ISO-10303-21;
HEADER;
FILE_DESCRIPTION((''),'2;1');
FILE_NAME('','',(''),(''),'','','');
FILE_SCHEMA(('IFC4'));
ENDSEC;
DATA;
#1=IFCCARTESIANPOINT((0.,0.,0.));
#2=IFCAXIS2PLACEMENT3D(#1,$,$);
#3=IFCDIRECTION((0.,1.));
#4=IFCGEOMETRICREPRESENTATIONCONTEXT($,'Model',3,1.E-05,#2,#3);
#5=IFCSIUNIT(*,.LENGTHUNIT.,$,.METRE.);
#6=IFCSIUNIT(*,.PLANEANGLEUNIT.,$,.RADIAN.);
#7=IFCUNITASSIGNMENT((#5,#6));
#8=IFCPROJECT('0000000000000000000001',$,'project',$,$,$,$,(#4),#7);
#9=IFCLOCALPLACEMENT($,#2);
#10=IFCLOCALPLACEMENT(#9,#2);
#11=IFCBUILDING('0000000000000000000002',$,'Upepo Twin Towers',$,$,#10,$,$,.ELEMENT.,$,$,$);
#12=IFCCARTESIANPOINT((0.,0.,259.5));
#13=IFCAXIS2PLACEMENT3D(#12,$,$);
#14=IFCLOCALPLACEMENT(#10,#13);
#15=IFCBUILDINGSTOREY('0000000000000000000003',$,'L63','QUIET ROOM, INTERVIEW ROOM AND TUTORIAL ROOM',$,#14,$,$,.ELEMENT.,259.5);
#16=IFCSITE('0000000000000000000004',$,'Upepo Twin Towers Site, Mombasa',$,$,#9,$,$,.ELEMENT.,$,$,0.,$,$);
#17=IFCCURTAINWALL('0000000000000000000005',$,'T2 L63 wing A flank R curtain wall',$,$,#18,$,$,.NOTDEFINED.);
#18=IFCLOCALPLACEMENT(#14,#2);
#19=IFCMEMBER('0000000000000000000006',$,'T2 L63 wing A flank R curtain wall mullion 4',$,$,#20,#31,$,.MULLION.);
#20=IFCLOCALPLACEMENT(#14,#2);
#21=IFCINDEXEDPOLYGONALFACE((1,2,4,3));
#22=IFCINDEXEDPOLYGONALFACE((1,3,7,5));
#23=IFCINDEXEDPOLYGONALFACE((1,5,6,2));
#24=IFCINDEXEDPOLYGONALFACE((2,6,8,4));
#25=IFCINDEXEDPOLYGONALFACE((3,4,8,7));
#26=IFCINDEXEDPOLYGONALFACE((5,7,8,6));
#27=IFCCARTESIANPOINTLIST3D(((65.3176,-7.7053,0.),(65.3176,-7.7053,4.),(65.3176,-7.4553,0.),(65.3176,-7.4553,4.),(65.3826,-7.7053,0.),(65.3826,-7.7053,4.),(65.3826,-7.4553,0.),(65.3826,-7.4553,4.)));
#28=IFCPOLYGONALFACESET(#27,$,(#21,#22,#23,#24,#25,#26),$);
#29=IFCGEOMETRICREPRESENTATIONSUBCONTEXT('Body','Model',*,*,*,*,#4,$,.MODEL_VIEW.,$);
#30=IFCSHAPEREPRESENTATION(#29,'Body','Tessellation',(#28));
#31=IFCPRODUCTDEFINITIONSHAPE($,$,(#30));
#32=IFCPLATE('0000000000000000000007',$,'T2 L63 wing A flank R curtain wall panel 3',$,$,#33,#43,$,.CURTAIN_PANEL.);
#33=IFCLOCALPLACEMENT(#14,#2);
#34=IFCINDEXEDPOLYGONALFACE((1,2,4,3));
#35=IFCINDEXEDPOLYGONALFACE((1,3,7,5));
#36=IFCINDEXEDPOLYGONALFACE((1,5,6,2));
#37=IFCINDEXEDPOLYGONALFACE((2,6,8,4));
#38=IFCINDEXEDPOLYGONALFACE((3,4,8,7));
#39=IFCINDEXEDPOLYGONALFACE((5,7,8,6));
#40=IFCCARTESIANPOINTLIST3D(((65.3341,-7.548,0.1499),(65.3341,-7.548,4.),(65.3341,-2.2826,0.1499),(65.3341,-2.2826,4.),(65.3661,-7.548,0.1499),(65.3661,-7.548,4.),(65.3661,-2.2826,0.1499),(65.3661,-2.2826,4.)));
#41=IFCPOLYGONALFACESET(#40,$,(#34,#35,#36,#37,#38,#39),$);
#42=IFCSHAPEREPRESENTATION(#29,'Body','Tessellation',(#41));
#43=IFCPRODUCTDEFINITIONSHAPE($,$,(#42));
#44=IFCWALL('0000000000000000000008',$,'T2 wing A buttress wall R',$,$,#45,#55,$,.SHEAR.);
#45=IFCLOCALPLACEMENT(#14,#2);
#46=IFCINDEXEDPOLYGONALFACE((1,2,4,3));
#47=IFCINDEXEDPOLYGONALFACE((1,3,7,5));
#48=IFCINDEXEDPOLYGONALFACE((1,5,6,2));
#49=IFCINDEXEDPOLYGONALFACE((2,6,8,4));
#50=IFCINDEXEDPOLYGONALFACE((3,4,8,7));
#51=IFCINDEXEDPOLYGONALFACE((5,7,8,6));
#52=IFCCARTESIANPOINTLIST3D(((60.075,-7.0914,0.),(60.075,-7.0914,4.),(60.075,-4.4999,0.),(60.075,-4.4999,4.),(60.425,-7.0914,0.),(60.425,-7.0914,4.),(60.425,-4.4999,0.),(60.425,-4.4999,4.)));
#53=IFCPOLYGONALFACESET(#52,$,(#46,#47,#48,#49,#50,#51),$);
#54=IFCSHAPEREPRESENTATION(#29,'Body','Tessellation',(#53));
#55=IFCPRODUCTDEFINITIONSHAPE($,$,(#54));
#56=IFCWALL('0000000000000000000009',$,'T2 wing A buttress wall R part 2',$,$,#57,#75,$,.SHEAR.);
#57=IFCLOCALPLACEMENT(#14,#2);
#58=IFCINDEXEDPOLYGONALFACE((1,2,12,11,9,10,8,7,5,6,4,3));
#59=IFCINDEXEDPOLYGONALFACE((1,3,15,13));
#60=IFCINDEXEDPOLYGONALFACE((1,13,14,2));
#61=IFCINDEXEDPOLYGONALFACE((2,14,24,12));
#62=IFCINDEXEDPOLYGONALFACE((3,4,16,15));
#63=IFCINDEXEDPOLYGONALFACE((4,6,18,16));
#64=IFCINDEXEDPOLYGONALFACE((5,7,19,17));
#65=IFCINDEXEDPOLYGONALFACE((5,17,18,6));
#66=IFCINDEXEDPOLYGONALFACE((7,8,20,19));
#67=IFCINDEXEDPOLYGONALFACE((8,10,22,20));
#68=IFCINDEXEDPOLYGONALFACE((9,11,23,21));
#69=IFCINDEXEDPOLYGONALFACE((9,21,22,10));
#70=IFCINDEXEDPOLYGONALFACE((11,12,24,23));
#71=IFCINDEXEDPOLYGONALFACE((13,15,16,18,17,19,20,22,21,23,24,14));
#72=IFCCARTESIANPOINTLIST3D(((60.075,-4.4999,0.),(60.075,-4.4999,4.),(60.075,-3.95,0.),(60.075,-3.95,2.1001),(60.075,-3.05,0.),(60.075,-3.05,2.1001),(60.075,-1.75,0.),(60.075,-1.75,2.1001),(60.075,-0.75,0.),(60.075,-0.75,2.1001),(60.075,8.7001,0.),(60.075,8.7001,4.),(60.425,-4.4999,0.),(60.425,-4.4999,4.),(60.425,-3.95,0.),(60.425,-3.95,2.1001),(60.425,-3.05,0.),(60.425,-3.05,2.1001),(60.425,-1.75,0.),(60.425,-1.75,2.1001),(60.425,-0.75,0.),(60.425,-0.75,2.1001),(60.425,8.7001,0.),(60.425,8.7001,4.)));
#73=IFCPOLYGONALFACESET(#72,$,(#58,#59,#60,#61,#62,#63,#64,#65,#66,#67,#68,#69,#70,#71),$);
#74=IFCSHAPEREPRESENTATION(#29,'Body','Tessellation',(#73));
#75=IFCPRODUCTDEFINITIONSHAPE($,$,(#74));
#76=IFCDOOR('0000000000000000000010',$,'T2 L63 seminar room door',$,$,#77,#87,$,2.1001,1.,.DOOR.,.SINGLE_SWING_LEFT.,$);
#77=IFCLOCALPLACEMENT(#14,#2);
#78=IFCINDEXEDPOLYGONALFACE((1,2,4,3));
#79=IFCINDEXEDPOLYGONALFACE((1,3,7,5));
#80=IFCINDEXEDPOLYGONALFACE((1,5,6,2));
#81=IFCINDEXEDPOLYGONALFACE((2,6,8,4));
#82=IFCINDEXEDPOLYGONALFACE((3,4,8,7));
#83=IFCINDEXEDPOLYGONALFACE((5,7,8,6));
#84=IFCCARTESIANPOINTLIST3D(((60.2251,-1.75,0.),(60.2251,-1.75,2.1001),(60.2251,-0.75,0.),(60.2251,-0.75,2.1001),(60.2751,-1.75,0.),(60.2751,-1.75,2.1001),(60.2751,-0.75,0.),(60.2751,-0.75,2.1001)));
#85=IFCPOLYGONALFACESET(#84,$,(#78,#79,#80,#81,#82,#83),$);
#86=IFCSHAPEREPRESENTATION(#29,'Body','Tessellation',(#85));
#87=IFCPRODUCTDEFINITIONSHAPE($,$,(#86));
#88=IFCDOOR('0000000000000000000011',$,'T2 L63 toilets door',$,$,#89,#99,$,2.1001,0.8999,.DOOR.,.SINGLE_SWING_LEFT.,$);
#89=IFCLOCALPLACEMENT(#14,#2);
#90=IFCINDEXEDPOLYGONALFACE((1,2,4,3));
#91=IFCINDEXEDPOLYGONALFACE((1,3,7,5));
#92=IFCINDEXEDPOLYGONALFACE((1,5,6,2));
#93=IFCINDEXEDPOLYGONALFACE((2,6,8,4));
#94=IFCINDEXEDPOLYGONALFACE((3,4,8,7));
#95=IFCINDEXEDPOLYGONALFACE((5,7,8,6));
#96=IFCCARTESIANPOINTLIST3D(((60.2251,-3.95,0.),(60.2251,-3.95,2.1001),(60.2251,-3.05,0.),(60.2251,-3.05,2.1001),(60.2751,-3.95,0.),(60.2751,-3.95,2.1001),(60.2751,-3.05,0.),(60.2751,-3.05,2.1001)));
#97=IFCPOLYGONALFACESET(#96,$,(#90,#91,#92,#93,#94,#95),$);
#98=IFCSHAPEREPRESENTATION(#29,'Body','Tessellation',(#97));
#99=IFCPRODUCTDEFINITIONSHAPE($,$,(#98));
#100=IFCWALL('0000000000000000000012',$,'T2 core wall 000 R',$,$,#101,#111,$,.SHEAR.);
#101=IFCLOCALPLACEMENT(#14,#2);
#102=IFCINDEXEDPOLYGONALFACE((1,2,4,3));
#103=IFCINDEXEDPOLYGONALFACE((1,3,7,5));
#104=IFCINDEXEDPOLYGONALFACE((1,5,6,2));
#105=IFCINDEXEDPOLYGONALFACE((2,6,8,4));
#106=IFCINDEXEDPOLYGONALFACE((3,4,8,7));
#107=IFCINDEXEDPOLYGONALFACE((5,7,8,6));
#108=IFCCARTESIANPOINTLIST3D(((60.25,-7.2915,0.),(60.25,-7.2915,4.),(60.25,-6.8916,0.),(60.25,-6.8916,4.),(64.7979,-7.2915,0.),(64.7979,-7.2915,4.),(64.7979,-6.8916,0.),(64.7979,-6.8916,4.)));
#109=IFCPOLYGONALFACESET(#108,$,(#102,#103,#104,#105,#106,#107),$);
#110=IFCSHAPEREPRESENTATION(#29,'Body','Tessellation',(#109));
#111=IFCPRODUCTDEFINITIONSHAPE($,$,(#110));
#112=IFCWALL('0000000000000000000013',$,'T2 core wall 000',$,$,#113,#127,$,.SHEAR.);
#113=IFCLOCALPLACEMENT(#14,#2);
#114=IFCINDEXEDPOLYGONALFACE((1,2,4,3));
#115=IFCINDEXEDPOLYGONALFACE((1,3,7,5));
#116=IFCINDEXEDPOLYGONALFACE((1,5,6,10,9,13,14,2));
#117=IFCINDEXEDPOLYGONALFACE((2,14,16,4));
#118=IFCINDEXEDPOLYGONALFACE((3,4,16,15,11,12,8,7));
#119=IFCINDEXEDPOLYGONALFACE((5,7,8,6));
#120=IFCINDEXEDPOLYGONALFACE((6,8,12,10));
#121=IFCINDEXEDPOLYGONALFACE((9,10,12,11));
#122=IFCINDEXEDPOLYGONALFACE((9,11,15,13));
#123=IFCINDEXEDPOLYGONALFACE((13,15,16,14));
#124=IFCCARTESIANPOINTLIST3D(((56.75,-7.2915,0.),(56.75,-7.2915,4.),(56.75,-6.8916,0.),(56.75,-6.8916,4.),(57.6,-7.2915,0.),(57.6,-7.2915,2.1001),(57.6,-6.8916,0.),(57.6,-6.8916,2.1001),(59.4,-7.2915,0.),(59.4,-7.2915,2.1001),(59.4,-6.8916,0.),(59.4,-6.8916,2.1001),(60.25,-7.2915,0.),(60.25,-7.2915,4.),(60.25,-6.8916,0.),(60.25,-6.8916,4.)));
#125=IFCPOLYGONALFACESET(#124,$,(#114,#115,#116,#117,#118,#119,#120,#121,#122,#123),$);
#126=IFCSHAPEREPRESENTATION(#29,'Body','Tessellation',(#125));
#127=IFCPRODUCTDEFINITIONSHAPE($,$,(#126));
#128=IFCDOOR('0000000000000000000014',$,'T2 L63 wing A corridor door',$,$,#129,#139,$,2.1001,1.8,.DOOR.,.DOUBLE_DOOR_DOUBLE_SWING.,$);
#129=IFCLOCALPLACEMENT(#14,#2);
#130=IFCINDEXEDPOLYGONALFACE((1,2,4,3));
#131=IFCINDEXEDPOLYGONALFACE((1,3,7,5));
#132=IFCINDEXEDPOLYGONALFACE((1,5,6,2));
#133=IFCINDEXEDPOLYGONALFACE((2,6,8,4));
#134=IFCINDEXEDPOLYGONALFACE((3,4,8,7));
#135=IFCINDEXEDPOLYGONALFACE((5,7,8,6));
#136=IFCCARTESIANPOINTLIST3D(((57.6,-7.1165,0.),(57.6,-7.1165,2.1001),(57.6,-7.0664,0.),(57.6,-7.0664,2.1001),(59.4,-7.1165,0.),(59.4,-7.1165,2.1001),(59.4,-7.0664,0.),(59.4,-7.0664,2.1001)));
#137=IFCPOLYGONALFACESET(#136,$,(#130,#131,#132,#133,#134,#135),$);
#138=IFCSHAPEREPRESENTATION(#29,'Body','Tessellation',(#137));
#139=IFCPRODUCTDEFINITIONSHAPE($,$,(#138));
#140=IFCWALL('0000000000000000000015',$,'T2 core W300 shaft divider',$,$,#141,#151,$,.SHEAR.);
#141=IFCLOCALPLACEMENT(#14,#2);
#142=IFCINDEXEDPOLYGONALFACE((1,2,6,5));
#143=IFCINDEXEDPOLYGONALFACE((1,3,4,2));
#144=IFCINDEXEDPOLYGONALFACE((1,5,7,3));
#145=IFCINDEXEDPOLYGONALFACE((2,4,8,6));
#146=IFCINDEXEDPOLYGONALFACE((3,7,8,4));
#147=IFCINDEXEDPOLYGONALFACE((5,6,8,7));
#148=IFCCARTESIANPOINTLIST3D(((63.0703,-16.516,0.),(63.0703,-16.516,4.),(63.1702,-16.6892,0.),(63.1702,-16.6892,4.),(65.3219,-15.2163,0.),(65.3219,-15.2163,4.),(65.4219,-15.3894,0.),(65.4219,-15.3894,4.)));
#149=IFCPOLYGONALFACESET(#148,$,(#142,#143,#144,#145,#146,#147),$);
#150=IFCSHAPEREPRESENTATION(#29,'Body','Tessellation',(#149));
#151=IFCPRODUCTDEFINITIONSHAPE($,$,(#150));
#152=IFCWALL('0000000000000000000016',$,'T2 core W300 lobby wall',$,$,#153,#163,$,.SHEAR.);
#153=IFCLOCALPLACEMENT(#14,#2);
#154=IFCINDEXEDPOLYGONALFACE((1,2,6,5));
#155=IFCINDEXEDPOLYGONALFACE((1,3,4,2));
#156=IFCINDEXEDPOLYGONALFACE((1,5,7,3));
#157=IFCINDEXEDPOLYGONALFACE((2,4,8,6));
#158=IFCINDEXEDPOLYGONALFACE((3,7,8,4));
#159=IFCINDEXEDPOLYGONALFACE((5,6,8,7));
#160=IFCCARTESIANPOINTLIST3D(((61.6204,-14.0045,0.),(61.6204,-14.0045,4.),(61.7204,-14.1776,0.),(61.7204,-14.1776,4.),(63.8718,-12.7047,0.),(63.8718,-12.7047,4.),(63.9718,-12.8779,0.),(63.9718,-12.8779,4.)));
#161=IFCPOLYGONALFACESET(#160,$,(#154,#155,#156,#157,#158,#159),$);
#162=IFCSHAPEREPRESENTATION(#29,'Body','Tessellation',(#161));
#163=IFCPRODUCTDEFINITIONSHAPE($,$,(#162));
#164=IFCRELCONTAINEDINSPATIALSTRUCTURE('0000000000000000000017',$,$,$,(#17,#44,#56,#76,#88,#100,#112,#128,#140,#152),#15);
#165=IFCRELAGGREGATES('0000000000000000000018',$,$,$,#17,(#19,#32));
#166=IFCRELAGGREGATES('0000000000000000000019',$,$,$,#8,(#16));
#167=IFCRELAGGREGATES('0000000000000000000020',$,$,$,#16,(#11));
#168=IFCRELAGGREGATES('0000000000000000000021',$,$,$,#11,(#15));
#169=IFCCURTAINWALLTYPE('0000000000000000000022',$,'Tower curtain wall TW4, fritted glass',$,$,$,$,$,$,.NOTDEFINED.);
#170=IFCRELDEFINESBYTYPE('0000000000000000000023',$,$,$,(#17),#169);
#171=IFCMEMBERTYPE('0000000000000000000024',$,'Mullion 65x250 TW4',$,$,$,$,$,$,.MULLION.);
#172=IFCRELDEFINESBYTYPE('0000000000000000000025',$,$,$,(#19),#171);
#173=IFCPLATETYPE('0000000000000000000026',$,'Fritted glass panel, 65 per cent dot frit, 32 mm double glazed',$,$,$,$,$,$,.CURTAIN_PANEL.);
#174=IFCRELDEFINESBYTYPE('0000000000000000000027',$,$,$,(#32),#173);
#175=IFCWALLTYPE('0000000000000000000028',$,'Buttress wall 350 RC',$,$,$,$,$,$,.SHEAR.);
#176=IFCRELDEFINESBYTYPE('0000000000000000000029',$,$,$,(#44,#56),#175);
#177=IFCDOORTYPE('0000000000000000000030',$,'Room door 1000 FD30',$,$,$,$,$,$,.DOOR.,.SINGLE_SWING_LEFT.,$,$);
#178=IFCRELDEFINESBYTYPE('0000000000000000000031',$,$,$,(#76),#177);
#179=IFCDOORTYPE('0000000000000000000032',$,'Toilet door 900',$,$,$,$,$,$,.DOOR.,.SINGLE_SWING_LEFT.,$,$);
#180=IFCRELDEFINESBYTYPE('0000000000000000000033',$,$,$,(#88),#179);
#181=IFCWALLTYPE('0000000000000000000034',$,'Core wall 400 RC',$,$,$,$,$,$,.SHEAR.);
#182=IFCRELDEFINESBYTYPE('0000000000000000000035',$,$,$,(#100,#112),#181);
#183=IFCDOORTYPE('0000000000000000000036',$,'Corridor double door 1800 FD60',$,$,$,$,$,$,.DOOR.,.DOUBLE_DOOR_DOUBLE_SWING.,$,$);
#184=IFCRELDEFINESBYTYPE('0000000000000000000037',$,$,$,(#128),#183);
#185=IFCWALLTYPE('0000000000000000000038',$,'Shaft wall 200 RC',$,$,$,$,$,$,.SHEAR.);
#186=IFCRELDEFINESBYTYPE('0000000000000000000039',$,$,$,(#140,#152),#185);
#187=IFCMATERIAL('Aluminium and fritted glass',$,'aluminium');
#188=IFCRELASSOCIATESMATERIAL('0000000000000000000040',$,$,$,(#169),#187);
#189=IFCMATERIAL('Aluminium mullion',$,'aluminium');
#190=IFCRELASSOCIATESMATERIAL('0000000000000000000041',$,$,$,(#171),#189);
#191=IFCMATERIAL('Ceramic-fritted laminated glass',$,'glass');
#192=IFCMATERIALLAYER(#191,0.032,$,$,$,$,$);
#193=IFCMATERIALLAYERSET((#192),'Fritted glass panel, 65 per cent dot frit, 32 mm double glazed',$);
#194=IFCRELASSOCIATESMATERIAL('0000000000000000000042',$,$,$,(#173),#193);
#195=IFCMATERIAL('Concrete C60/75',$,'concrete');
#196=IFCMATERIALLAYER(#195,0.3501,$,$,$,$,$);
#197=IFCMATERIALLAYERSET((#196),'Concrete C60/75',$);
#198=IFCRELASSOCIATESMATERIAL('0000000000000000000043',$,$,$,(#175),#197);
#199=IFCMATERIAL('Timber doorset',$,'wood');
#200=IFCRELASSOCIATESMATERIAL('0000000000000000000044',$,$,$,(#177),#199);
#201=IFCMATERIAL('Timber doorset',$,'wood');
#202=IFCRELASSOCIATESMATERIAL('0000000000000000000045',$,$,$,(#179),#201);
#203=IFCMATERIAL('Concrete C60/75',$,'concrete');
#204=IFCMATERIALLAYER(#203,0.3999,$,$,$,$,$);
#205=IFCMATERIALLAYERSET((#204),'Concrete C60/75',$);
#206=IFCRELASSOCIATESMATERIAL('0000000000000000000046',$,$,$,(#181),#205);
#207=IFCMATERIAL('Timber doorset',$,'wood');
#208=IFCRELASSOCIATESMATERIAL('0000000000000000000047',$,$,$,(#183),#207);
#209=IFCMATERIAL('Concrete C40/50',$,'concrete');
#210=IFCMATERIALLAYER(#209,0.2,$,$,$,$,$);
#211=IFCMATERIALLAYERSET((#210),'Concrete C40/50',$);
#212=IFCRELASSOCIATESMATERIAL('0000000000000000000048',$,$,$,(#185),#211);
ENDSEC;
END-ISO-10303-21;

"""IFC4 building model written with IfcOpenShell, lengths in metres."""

from ifc_helpers import new_model, si_unit, direction, frame, frame_2d, origin, origin_2d, place, context, subcontext, project, spatial, rectangle, extrude, material, layer, layer_set, material_profile, profile_set, type_object, element, fill, aggregate, save


model = new_model("IFC4")

# Units and contexts
model_context = context("Model", 3, precision=1e-05, world=origin(), true_north=direction((0.0, 1.0)))
body_context = subcontext(model_context, "Body", "Model", "MODEL_VIEW")
ifc_project = project(units=[si_unit("LENGTHUNIT", "METRE"), si_unit("PLANEANGLEUNIT", "RADIAN")], contexts=[model_context])

# Site, building, storey
site_placement = place(None, origin())
site = spatial("IfcSite", under=ifc_project, at=site_placement, Name="Upepo Twin Towers Site, Mombasa", CompositionType="ELEMENT", RefElevation=0.0)
building_placement = place(site_placement, origin())
building = spatial("IfcBuilding", under=site, at=building_placement, Name="Upepo Twin Towers", CompositionType="ELEMENT")
storey_placement = place(building_placement, frame((0.0, 0.0, 259.5)))
storey = spatial("IfcBuildingStorey", under=building, at=storey_placement, Name="L63", Description="QUIET ROOM, INTERVIEW ROOM AND TUTORIAL ROOM", CompositionType="ELEMENT", Elevation=259.5)

# Curtain wall, member, plate
ifc_material_1 = material(Name="Aluminium and fritted glass", Category="aluminium")
curtain_wall_type = type_object("IfcCurtainWallType", Name="Tower curtain wall TW4, fritted glass", PredefinedType="NOTDEFINED", material=ifc_material_1)
curtain_wall_placement = place(storey_placement, origin())
curtain_wall = element("IfcCurtainWall", 1, at=curtain_wall_placement, inside=storey, type_object=curtain_wall_type, Name="T2 L63 wing A flank R curtain wall", PredefinedType="NOTDEFINED")
ifc_material_2 = material(Name="Aluminium mullion", Category="aluminium")
ifc_material_profile = material_profile(ifc_material_2, rectangle(XDim=0.0649, YDim=0.25, at=origin_2d()), Name="MULLION 65x250")
ifc_profile_set = profile_set([ifc_material_profile], Name="Aluminium mullion")
member_type = type_object("IfcMemberType", Name="Mullion 65x250 TW4", PredefinedType="MULLION", material=ifc_profile_set)
member_placement = place(storey_placement, frame((65.3501, -7.5803, 0.0), z_axis=(0.0, 0.0, 1.0), x_axis=(1.0, 0.0, 0.0)))
member = element("IfcMember", 2, at=member_placement, type_object=member_type, Name="T2 L63 wing A flank R curtain wall mullion 4", PredefinedType="MULLION", context=body_context, shape_type="SweptSolid", body=[
    extrude(rectangle(XDim=0.0649, YDim=0.25, at=origin_2d()), origin(), (0.0, 0.0, 1.0), 4.0),
])
ifc_material_3 = material(Name="Ceramic-fritted laminated glass", Category="glass")
ifc_layer_1 = layer(ifc_material_3, 0.032)
ifc_layer_set_1 = layer_set([ifc_layer_1], Name="Fritted glass panel, 65 per cent dot frit, 32 mm double glazed")
plate_type = type_object("IfcPlateType", Name="Fritted glass panel, 65 per cent dot frit, 32 mm double glazed", PredefinedType="CURTAIN_PANEL", material=ifc_layer_set_1)
plate_placement = place(storey_placement, frame((65.3501, -4.9153, 0.1499), z_axis=(0.0, 0.0, 1.0), x_axis=(0.0, -1.0, 0.0)))
plate = element("IfcPlate", 3, at=plate_placement, type_object=plate_type, Name="T2 L63 wing A flank R curtain wall panel 3", PredefinedType="CURTAIN_PANEL", context=body_context, shape_type="SweptSolid", body=[
    extrude(rectangle(XDim=5.2654, YDim=0.032, at=origin_2d()), origin(), (0.0, 0.0, 1.0), 3.8501),
])
aggregate(curtain_wall, [member, plate])

# Wall
ifc_material_4 = material(Name="Concrete C60/75", Category="concrete")
ifc_layer_2 = layer(ifc_material_4, 0.3501)
ifc_layer_set_2 = layer_set([ifc_layer_2], Name="Concrete C60/75")
wall_type_1 = type_object("IfcWallType", Name="Buttress wall 350 RC", PredefinedType="SHEAR", material=ifc_layer_set_2)
wall_1_placement = place(storey_placement, frame((60.25, -7.0916, 0.0), z_axis=(0.0, 0.0, 1.0), x_axis=(0.0, 1.0, 0.0)))
element("IfcWall", 4, at=wall_1_placement, inside=storey, type_object=wall_type_1, Name="T2 wing A buttress wall R", PredefinedType="SHEAR", context=body_context, shape_type="SweptSolid", body=[
    extrude(rectangle(XDim=2.5916, YDim=0.3501, at=frame_2d((1.2959, 0.0))), origin(), (0.0, 0.0, 1.0), 4.0),
])

# Wall, openings, doors
wall_2_placement = place(storey_placement, frame((60.25, -4.5, 0.0), z_axis=(0.0, 0.0, 1.0), x_axis=(0.0, 1.0, 0.0)))
wall_2 = element("IfcWall", 5, at=wall_2_placement, inside=storey, type_object=wall_type_1, Name="T2 wing A buttress wall R part 2", PredefinedType="SHEAR", context=body_context, shape_type="SweptSolid", body=[
    extrude(rectangle(XDim=13.2, YDim=0.3501, at=frame_2d((6.6001, 0.0))), origin(), (0.0, 0.0, 1.0), 4.0),
])
opening_1_placement = place(wall_2_placement, frame((0.55, 0.0, 0.0)))
opening_1 = element("IfcOpeningElement", 6, at=opening_1_placement, cuts=wall_2, PredefinedType="OPENING", context=body_context, shape_type="SweptSolid", body=[
    extrude(rectangle(XDim=0.8999, YDim=2.1001, at=frame_2d((0.45, 1.05))), frame((0.0, 0.1851, 0.0), z_axis=(0.0, -1.0, 0.0), x_axis=(1.0, 0.0, 0.0)), (0.0, 0.0, 1.0), 0.3701),
])
opening_2_placement = place(wall_2_placement, frame((2.75, 0.0, 0.0)))
opening_2 = element("IfcOpeningElement", 7, at=opening_2_placement, cuts=wall_2, PredefinedType="OPENING", context=body_context, shape_type="SweptSolid", body=[
    extrude(rectangle(XDim=1.0, YDim=2.1001, at=frame_2d((0.5, 1.05))), frame((0.0, 0.1851, 0.0), z_axis=(0.0, -1.0, 0.0), x_axis=(1.0, 0.0, 0.0)), (0.0, 0.0, 1.0), 0.3701),
])
ifc_material_5 = material(Name="Timber doorset", Category="wood")
door_type_1 = type_object("IfcDoorType", Name="Room door 1000 FD30", OperationType="SINGLE_SWING_LEFT", PredefinedType="DOOR", material=ifc_material_5)
door_1_placement = place(opening_2_placement, origin())
door_1 = element("IfcDoor", 8, at=door_1_placement, inside=storey, type_object=door_type_1, Name="T2 L63 seminar room door", OperationType="SINGLE_SWING_LEFT", OverallHeight=2.1001, OverallWidth=1.0, PredefinedType="DOOR", context=body_context, shape_type="SweptSolid", body=[
    extrude(rectangle(XDim=1.0, YDim=2.1001, at=frame_2d((0.5, 1.05))), frame((0.0, 0.0249, 0.0), z_axis=(0.0, -1.0, 0.0), x_axis=(1.0, 0.0, 0.0)), (0.0, 0.0, 1.0), 0.05),
])
fill(opening_2, door_1)
ifc_material_6 = material(Name="Timber doorset", Category="wood")
door_type_2 = type_object("IfcDoorType", Name="Toilet door 900", OperationType="SINGLE_SWING_LEFT", PredefinedType="DOOR", material=ifc_material_6)
door_2_placement = place(opening_1_placement, origin())
door_2 = element("IfcDoor", 9, at=door_2_placement, inside=storey, type_object=door_type_2, Name="T2 L63 toilets door", OperationType="SINGLE_SWING_LEFT", OverallHeight=2.1001, OverallWidth=0.8999, PredefinedType="DOOR", context=body_context, shape_type="SweptSolid", body=[
    extrude(rectangle(XDim=0.8999, YDim=2.1001, at=frame_2d((0.45, 1.05))), frame((0.0, 0.0249, 0.0), z_axis=(0.0, -1.0, 0.0), x_axis=(1.0, 0.0, 0.0)), (0.0, 0.0, 1.0), 0.05),
])
fill(opening_1, door_2)

# Wall
ifc_material_7 = material(Name="Concrete C60/75", Category="concrete")
ifc_layer_3 = layer(ifc_material_7, 0.3999)
ifc_layer_set_3 = layer_set([ifc_layer_3], Name="Concrete C60/75")
wall_type_2 = type_object("IfcWallType", Name="Core wall 400 RC", PredefinedType="SHEAR", material=ifc_layer_set_3)
wall_3_placement = place(storey_placement, frame((64.7979, -7.0916, 0.0), z_axis=(0.0, 0.0, 1.0), x_axis=(-1.0, 0.0, 0.0)))
element("IfcWall", 10, at=wall_3_placement, inside=storey, type_object=wall_type_2, Name="T2 core wall 000 R", PredefinedType="SHEAR", context=body_context, shape_type="SweptSolid", body=[
    extrude(rectangle(XDim=4.5479, YDim=0.3999, at=frame_2d((2.2739, 0.0))), origin(), (0.0, 0.0, 1.0), 4.0),
])

# Wall, opening, door
wall_4_placement = place(storey_placement, frame((60.25, -7.0916, 0.0), z_axis=(0.0, 0.0, 1.0), x_axis=(-1.0, 0.0, 0.0)))
wall_4 = element("IfcWall", 11, at=wall_4_placement, inside=storey, type_object=wall_type_2, Name="T2 core wall 000", PredefinedType="SHEAR", context=body_context, shape_type="SweptSolid", body=[
    extrude(rectangle(XDim=3.5, YDim=0.3999, at=frame_2d((1.75, 0.0))), origin(), (0.0, 0.0, 1.0), 4.0),
])
opening_3_placement = place(wall_4_placement, frame((0.8501, 0.0, 0.0)))
opening_3 = element("IfcOpeningElement", 12, at=opening_3_placement, cuts=wall_4, PredefinedType="OPENING", context=body_context, shape_type="SweptSolid", body=[
    extrude(rectangle(XDim=1.8, YDim=2.1001, at=frame_2d((0.8999, 1.05))), frame((0.0, 0.21, 0.0), z_axis=(0.0, -1.0, 0.0), x_axis=(1.0, 0.0, 0.0)), (0.0, 0.0, 1.0), 0.4199),
])
ifc_material_8 = material(Name="Timber doorset", Category="wood")
door_type_3 = type_object("IfcDoorType", Name="Corridor double door 1800 FD60", OperationType="DOUBLE_DOOR_DOUBLE_SWING", PredefinedType="DOOR", material=ifc_material_8)
door_3_placement = place(opening_3_placement, origin())
door_3 = element("IfcDoor", 13, at=door_3_placement, inside=storey, type_object=door_type_3, Name="T2 L63 wing A corridor door", OperationType="DOUBLE_DOOR_DOUBLE_SWING", OverallHeight=2.1001, OverallWidth=1.8, PredefinedType="DOOR", context=body_context, shape_type="SweptSolid", body=[
    extrude(rectangle(XDim=1.8, YDim=2.1001, at=frame_2d((0.8999, 1.05))), frame((0.0, 0.0249, 0.0), z_axis=(0.0, -1.0, 0.0), x_axis=(1.0, 0.0, 0.0)), (0.0, 0.0, 1.0), 0.05),
])
fill(opening_3, door_3)

# Walls
ifc_material_9 = material(Name="Concrete C40/50", Category="concrete")
ifc_layer_4 = layer(ifc_material_9, 0.2)
ifc_layer_set_4 = layer_set([ifc_layer_4], Name="Concrete C40/50")
wall_type_3 = type_object("IfcWallType", Name="Shaft wall 200 RC", PredefinedType="SHEAR", material=ifc_layer_set_4)
wall_5_placement = place(storey_placement, frame((63.1204, -16.6025, 0.0), z_axis=(0.0, 0.0, 1.0), x_axis=(0.866062, 0.499937, 0.0)))
element("IfcWall", 14, at=wall_5_placement, inside=storey, type_object=wall_type_3, Name="T2 core W300 shaft divider", PredefinedType="SHEAR", context=body_context, shape_type="SweptSolid", body=[
    extrude(rectangle(XDim=2.5999, YDim=0.2, at=frame_2d((1.2998, 0.0))), origin(), (0.0, 0.0, 1.0), 4.0),
])
wall_6_placement = place(storey_placement, frame((61.6704, -14.0911, 0.0), z_axis=(0.0, 0.0, 1.0), x_axis=(0.866039, 0.499977, 0.0)))
element("IfcWall", 15, at=wall_6_placement, inside=storey, type_object=wall_type_3, Name="T2 core W300 lobby wall", PredefinedType="SHEAR", context=body_context, shape_type="SweptSolid", body=[
    extrude(rectangle(XDim=2.5996, YDim=0.2, at=frame_2d((1.2998, 0.0))), origin(), (0.0, 0.0, 1.0), 4.0),
])

save(model, "model.ifc")
